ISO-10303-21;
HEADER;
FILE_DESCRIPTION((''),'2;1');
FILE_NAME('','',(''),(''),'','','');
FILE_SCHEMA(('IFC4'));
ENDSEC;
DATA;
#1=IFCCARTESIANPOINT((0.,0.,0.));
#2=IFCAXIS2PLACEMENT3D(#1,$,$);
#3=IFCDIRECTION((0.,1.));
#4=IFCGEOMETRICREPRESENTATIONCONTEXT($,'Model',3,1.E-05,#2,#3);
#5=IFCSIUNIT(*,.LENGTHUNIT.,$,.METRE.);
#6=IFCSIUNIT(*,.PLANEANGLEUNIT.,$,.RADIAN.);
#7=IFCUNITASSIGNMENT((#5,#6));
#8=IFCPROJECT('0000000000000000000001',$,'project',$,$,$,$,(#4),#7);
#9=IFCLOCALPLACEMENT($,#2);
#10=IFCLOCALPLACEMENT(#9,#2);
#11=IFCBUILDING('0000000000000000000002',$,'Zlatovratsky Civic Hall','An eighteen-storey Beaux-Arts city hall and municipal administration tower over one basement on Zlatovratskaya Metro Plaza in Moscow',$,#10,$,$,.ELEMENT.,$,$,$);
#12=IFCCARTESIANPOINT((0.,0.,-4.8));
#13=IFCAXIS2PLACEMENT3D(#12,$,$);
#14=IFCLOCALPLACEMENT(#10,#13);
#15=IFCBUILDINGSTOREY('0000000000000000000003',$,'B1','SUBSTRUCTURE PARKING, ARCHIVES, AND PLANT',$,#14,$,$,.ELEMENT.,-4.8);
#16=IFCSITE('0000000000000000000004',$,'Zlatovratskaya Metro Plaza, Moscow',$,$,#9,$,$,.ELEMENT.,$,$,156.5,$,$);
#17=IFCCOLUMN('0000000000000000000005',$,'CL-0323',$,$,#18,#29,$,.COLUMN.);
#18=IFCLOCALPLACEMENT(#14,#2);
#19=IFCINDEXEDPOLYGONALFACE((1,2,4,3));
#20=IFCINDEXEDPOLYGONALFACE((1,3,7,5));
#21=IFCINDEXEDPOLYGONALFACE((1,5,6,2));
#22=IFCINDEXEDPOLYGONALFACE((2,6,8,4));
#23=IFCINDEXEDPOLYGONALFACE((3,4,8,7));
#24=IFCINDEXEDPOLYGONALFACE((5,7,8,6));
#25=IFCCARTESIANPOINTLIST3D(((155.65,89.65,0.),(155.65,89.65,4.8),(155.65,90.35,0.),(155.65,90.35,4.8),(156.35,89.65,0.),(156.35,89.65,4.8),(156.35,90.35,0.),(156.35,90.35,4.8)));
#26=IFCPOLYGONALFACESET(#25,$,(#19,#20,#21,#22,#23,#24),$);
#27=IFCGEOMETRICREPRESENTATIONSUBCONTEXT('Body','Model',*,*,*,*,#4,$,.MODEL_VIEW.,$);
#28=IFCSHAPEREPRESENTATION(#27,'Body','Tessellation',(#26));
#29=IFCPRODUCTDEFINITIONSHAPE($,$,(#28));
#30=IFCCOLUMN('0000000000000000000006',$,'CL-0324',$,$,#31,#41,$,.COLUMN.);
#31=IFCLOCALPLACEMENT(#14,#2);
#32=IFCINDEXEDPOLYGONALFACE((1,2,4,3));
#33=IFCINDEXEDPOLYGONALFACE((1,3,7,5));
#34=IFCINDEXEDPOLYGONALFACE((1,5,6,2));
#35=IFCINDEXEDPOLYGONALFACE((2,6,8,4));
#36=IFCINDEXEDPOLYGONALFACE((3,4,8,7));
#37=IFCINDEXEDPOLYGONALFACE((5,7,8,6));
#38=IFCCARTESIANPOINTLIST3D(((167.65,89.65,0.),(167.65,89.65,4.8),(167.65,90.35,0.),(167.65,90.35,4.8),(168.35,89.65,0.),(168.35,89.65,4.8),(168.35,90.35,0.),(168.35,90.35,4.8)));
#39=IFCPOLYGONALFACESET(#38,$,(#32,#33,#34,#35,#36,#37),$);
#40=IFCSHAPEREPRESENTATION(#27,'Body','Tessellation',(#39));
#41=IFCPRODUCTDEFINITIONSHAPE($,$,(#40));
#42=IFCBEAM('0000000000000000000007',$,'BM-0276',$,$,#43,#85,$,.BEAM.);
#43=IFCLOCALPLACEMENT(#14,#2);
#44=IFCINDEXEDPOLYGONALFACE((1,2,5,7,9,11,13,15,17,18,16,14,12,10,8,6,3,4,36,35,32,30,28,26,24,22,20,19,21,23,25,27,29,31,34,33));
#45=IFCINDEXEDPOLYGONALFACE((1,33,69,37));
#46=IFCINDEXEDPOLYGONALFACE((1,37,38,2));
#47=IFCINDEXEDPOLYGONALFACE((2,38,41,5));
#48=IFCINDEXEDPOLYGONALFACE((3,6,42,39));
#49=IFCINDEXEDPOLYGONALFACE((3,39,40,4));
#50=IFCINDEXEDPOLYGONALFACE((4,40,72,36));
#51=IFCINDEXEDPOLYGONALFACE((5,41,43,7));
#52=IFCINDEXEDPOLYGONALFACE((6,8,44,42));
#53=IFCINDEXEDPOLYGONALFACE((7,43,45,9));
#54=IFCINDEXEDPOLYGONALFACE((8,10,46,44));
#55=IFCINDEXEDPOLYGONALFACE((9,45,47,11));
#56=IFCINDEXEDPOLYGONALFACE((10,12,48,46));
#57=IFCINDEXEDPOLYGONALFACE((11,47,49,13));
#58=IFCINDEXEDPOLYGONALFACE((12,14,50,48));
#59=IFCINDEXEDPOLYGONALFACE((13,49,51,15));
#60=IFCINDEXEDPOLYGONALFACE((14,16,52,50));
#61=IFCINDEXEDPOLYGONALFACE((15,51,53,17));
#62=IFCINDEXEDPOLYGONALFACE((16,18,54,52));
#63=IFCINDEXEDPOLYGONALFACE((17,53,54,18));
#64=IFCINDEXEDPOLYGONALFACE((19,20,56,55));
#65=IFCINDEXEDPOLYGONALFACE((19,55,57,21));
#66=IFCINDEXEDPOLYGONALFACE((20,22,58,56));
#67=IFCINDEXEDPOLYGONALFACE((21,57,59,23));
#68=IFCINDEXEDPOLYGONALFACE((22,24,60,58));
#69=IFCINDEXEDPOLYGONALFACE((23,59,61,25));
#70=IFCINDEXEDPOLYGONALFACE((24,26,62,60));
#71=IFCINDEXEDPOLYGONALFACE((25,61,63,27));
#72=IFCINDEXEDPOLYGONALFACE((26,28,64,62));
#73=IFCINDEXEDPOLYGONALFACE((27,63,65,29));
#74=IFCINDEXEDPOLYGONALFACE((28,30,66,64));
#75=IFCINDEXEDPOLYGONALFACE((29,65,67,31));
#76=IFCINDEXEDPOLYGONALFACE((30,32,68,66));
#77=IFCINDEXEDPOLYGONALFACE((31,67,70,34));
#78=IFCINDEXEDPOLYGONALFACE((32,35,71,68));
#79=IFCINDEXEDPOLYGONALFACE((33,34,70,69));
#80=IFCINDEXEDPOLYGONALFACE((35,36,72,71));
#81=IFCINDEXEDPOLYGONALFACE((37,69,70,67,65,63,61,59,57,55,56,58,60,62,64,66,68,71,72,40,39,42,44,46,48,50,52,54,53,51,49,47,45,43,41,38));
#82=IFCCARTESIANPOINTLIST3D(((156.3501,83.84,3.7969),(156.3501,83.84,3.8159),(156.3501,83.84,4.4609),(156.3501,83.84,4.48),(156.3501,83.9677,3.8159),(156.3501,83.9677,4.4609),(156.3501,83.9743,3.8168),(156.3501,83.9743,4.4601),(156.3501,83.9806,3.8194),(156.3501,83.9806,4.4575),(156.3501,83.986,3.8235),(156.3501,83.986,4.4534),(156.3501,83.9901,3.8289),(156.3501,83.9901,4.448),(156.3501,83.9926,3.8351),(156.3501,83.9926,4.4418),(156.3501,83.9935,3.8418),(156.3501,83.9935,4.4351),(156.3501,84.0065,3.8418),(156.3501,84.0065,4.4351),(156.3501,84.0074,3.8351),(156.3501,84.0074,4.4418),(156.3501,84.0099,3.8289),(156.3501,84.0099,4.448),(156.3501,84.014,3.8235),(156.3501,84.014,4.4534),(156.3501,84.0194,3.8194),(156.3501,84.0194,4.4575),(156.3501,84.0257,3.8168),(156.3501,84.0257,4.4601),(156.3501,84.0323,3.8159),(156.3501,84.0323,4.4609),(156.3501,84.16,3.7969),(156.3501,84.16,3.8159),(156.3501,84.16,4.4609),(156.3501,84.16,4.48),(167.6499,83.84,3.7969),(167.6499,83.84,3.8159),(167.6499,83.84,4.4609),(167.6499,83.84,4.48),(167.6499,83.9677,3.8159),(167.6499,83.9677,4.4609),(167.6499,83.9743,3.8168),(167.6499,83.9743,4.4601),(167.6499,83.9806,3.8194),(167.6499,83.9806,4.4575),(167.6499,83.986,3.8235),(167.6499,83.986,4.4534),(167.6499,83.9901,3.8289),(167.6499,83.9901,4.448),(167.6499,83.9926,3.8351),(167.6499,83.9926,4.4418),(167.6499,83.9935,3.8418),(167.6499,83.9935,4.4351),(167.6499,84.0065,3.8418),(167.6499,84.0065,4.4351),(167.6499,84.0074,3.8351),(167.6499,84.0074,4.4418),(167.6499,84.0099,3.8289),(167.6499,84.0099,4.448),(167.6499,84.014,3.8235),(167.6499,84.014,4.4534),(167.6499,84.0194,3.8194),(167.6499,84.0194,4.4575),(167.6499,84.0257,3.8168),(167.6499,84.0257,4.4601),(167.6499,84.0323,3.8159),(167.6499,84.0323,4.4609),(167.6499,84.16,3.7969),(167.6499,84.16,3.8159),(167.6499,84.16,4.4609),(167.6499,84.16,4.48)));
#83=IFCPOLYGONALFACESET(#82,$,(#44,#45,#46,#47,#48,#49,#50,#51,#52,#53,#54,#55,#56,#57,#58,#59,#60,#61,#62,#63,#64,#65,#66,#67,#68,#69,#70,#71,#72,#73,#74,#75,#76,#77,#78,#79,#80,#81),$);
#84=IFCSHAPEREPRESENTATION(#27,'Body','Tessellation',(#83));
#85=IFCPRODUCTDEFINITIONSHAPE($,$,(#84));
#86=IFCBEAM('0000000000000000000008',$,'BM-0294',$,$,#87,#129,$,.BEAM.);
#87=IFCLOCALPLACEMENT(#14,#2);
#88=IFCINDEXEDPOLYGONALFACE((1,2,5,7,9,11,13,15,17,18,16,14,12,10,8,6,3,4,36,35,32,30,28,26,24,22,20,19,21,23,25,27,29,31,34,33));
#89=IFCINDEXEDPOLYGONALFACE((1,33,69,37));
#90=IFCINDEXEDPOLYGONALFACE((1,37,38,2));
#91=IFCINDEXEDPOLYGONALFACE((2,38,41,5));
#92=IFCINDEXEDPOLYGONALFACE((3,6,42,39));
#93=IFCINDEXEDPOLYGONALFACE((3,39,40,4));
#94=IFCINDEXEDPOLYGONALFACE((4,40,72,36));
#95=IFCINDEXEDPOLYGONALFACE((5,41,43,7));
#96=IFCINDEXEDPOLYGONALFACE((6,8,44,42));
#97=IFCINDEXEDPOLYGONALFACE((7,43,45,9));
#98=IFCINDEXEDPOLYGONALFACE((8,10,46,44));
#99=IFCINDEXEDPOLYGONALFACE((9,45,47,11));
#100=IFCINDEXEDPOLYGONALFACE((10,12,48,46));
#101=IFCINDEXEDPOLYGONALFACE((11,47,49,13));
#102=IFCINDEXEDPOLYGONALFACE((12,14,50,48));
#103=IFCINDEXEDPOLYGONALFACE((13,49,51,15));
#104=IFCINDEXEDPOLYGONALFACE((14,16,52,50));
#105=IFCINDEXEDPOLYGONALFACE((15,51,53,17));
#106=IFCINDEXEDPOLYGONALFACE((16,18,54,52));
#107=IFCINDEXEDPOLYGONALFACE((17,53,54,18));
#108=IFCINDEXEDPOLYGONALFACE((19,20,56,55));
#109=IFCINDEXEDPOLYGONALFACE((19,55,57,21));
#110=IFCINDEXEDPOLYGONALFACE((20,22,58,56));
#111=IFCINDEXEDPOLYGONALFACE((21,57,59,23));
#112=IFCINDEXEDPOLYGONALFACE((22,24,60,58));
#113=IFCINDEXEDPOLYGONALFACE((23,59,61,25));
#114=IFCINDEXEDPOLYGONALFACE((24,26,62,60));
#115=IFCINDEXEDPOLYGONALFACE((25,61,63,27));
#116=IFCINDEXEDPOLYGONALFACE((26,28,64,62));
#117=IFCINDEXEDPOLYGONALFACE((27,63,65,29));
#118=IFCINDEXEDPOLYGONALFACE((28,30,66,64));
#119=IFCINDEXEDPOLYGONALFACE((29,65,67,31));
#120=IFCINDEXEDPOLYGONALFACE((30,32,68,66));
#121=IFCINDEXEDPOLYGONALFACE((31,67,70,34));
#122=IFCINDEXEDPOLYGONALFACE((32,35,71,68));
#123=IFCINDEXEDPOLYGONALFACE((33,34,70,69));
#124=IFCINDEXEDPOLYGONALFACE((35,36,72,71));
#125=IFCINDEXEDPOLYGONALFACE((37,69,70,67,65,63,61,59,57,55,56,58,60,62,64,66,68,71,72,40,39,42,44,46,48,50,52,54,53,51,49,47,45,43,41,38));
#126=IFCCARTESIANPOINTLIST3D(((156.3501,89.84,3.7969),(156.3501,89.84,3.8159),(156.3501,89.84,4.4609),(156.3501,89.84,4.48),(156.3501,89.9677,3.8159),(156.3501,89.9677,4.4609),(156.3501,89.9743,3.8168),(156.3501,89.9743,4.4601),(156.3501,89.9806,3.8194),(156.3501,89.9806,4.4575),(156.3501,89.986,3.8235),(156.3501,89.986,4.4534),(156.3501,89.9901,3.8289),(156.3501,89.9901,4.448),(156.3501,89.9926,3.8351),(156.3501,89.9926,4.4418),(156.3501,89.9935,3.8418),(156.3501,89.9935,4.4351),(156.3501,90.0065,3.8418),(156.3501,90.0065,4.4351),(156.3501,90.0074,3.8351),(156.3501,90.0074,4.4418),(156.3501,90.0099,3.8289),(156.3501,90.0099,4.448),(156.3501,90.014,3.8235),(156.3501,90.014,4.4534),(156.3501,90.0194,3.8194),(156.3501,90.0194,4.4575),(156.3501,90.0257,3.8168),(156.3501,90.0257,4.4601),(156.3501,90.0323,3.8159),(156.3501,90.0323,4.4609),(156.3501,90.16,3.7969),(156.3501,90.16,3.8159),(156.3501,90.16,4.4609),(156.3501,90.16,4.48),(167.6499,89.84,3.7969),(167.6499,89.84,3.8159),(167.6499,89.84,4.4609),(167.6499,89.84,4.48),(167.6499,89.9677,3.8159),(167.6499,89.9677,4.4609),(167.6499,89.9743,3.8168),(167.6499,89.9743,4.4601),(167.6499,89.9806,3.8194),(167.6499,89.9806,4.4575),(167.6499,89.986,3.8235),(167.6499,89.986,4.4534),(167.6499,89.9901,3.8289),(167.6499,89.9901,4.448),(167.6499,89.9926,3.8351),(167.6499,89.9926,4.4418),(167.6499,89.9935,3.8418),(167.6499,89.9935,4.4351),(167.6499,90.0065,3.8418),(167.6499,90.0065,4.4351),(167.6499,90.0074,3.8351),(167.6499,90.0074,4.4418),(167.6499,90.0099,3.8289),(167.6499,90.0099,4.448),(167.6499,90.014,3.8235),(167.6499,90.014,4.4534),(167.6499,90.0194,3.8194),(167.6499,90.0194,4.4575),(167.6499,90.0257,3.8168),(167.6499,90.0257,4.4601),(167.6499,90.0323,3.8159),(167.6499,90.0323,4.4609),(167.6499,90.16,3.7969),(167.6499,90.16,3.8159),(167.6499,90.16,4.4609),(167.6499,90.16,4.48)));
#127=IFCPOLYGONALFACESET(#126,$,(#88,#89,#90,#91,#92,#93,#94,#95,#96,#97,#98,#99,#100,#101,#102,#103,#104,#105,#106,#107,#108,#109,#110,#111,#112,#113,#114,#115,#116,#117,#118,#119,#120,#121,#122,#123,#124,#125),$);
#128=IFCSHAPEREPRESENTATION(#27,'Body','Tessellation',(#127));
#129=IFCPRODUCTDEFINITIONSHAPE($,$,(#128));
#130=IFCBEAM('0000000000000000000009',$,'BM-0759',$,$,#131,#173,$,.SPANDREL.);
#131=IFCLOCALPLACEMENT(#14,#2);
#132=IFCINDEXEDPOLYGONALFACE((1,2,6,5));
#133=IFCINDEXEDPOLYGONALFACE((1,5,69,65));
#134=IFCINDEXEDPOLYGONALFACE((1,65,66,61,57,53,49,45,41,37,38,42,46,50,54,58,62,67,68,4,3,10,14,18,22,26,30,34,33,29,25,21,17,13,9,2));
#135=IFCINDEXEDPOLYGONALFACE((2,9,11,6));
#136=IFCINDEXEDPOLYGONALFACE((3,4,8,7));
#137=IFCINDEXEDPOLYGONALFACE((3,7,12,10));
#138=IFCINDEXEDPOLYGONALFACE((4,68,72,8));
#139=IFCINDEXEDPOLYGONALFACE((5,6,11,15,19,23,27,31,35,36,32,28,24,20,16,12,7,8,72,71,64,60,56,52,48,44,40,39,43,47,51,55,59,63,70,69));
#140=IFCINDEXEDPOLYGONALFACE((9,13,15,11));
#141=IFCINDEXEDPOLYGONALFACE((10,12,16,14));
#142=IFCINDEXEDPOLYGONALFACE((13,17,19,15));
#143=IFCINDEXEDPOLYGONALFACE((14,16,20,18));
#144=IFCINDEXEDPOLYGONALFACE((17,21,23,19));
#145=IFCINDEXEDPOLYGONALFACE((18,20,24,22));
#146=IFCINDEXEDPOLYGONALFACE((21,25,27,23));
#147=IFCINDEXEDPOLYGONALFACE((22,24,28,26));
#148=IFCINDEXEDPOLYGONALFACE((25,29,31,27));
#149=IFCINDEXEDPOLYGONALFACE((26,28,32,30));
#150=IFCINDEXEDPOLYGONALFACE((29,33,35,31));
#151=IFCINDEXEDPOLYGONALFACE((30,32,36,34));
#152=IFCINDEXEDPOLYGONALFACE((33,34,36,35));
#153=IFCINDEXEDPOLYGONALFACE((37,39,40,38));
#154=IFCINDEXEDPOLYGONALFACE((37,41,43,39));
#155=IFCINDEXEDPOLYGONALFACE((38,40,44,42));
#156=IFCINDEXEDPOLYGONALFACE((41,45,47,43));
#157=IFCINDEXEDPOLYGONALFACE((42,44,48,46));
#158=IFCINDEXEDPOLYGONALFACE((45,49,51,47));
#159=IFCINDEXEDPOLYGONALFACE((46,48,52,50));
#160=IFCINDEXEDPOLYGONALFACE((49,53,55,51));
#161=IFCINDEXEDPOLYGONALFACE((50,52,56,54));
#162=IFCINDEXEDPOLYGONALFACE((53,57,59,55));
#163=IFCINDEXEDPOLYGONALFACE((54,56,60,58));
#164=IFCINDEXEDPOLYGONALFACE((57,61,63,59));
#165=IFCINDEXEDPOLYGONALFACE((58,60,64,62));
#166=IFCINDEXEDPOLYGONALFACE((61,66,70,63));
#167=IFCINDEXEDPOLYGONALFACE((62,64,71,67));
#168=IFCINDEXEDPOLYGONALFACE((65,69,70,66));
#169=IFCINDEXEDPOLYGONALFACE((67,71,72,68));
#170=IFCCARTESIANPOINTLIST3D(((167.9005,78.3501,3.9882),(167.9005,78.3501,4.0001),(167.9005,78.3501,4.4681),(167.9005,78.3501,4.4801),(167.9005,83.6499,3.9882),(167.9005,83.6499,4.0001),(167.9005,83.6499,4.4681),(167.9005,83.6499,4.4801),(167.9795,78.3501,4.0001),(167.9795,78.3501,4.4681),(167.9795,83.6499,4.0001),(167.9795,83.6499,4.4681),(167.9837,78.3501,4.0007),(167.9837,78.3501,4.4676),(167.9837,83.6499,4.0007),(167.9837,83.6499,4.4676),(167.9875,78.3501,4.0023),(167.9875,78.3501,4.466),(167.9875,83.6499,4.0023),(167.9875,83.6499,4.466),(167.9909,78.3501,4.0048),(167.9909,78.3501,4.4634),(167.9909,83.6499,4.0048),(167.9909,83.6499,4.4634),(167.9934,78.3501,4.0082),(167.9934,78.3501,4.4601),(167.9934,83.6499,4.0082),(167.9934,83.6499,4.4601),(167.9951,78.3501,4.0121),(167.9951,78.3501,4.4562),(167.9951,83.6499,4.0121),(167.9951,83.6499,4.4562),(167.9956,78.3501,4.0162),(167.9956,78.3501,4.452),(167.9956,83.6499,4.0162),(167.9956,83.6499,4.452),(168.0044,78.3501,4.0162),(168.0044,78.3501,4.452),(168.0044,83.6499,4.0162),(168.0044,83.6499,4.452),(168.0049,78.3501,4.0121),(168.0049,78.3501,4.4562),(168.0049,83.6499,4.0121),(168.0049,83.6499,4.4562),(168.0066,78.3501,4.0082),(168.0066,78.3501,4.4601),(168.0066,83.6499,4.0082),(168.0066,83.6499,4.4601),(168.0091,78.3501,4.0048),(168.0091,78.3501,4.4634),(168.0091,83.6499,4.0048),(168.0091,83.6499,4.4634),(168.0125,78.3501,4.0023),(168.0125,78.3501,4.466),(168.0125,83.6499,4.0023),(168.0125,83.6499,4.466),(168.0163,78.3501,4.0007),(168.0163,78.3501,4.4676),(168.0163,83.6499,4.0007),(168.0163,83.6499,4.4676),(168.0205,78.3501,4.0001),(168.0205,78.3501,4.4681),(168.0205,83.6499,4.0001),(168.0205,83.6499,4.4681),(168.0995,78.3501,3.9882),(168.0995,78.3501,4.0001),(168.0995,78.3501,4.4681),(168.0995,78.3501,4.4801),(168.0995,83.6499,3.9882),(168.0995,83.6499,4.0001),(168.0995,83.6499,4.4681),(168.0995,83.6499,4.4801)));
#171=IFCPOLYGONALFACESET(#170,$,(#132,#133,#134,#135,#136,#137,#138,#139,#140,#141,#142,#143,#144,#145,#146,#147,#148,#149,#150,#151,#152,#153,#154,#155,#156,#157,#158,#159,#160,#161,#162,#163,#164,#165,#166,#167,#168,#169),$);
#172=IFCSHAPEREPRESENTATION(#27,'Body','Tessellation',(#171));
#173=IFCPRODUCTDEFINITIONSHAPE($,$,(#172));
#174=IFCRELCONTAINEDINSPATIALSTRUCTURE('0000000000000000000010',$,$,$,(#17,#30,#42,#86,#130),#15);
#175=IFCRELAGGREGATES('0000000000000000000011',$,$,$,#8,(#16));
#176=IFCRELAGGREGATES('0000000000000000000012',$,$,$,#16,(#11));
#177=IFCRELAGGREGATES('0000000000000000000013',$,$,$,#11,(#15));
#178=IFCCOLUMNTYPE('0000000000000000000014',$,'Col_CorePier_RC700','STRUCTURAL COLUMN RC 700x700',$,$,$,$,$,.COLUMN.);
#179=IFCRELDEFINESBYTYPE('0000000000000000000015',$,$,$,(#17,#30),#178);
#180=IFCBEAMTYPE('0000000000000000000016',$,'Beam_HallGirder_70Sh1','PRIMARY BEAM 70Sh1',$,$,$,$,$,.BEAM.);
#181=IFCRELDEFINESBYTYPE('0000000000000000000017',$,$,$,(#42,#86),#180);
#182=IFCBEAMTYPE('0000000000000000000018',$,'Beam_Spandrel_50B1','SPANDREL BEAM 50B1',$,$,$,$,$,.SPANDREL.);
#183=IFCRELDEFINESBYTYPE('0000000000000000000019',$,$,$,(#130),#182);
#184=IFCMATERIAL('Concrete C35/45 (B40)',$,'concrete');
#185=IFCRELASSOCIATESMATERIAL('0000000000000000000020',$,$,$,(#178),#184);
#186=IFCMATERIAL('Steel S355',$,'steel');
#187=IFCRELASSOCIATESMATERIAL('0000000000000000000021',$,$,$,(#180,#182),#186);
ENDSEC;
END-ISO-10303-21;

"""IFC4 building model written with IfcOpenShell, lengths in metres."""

from ifc_helpers import new_model, si_unit, direction, frame, origin, origin_2d, place, context, subcontext, project, spatial, rectangle, i_section, extrude, material, material_profile, profile_set, type_object, element, save


model = new_model("IFC4")

# Units and contexts
model_context = context("Model", 3, precision=1e-05, world=origin(), true_north=direction((0.0, 1.0)))
body_context = subcontext(model_context, "Body", "Model", "MODEL_VIEW")
ifc_project = project(units=[si_unit("LENGTHUNIT", "METRE"), si_unit("PLANEANGLEUNIT", "RADIAN")], contexts=[model_context])

# Site, building, storey
site_placement = place(None, origin())
site = spatial("IfcSite", under=ifc_project, at=site_placement, Name="Zlatovratskaya Metro Plaza, Moscow", CompositionType="ELEMENT", RefElevation=156.5)
building_placement = place(site_placement, origin())
building = spatial("IfcBuilding", under=site, at=building_placement, Name="Zlatovratsky Civic Hall", Description="An eighteen-storey Beaux-Arts city hall and municipal administration tower over one basement on Zlatovratskaya Metro Plaza in Moscow", CompositionType="ELEMENT")
storey_placement = place(building_placement, frame((0.0, 0.0, -4.8)))
storey = spatial("IfcBuildingStorey", under=building, at=storey_placement, Name="B1", Description="SUBSTRUCTURE PARKING, ARCHIVES, AND PLANT", CompositionType="ELEMENT", Elevation=-4.8)

# Columns
ifc_material_1 = material(Name="Concrete C35/45 (B40)", Category="concrete")
ifc_material_profile_1 = material_profile(ifc_material_1, rectangle(XDim=0.7, YDim=0.7, at=origin_2d()), Name="RC 700x700")
ifc_profile_set_1 = profile_set([ifc_material_profile_1], Name="Concrete C35/45 (B40)")
column_type = type_object("IfcColumnType", Name="Col_CorePier_RC700", Description="STRUCTURAL COLUMN RC 700x700", PredefinedType="COLUMN", material=ifc_profile_set_1)
for number, where, z_axis, x_axis, name in (
    (1, (156.0, 90.0, 0.0), (0.0, 0.0, 1.0), (1.0, 0.0, 0.0), "CL-0323"),
    (2, (168.0, 90.0, 0.0), (0.0, 0.0, 1.0), (1.0, 0.0, 0.0), "CL-0324"),
):
    element("IfcColumn", number, at=place(storey_placement, frame(where, z_axis=z_axis, x_axis=x_axis)), inside=storey, type_object=column_type, Name=name, PredefinedType="COLUMN", context=body_context, shape_type="SweptSolid", body=[
        extrude(rectangle(XDim=0.7, YDim=0.7, at=origin_2d()), origin(), (0.0, 0.0, 1.0), 4.8),
    ])

# Beams
ifc_material_2 = material(Name="Steel S355", Category="steel")
ifc_material_profile_2 = material_profile(ifc_material_2, i_section(OverallWidth=0.3201, OverallDepth=0.6831, WebThickness=0.0129, FlangeThickness=0.019, FilletRadius=0.0259, at=origin_2d()), Name="70Sh1")
ifc_profile_set_2 = profile_set([ifc_material_profile_2], Name="Steel S355")
beam_type_1 = type_object("IfcBeamType", Name="Beam_HallGirder_70Sh1", Description="PRIMARY BEAM 70Sh1", PredefinedType="BEAM", material=ifc_profile_set_2)
for number, where, z_axis, x_axis, name in (
    (3, (156.3501, 84.0, 4.1384), (1.0, 0.0, 0.0), (0.0, 1.0, 0.0), "BM-0276"),
    (4, (156.3501, 90.0, 4.1384), (1.0, 0.0, 0.0), (0.0, 1.0, 0.0), "BM-0294"),
):
    element("IfcBeam", number, at=place(storey_placement, frame(where, z_axis=z_axis, x_axis=x_axis)), inside=storey, type_object=beam_type_1, Name=name, PredefinedType="BEAM", context=body_context, shape_type="SweptSolid", body=[
        extrude(i_section(OverallWidth=0.3201, OverallDepth=0.6831, WebThickness=0.0129, FlangeThickness=0.019, FilletRadius=0.0259, at=origin_2d()), origin(), (0.0, 0.0, 1.0), 11.2998),
    ])
ifc_material_profile_3 = material_profile(ifc_material_2, i_section(OverallWidth=0.199, OverallDepth=0.4919, WebThickness=0.0088, FlangeThickness=0.012, FilletRadius=0.0161, at=origin_2d()), Name="50B1")
ifc_profile_set_3 = profile_set([ifc_material_profile_3], Name="Steel S355")
beam_type_2 = type_object("IfcBeamType", Name="Beam_Spandrel_50B1", Description="SPANDREL BEAM 50B1", PredefinedType="SPANDREL", material=ifc_profile_set_3)
for number, where, z_axis, x_axis, name in (
    (5, (168.0, 78.3501, 4.2341), (0.0, 1.0, 0.0), (-1.0, 0.0, 0.0), "BM-0759"),
):
    element("IfcBeam", number, at=place(storey_placement, frame(where, z_axis=z_axis, x_axis=x_axis)), inside=storey, type_object=beam_type_2, Name=name, PredefinedType="SPANDREL", context=body_context, shape_type="SweptSolid", body=[
        extrude(i_section(OverallWidth=0.199, OverallDepth=0.4919, WebThickness=0.0088, FlangeThickness=0.012, FilletRadius=0.0161, at=origin_2d()), origin(), (0.0, 0.0, 1.0), 5.2998),
    ])

save(model, "model.ifc")
